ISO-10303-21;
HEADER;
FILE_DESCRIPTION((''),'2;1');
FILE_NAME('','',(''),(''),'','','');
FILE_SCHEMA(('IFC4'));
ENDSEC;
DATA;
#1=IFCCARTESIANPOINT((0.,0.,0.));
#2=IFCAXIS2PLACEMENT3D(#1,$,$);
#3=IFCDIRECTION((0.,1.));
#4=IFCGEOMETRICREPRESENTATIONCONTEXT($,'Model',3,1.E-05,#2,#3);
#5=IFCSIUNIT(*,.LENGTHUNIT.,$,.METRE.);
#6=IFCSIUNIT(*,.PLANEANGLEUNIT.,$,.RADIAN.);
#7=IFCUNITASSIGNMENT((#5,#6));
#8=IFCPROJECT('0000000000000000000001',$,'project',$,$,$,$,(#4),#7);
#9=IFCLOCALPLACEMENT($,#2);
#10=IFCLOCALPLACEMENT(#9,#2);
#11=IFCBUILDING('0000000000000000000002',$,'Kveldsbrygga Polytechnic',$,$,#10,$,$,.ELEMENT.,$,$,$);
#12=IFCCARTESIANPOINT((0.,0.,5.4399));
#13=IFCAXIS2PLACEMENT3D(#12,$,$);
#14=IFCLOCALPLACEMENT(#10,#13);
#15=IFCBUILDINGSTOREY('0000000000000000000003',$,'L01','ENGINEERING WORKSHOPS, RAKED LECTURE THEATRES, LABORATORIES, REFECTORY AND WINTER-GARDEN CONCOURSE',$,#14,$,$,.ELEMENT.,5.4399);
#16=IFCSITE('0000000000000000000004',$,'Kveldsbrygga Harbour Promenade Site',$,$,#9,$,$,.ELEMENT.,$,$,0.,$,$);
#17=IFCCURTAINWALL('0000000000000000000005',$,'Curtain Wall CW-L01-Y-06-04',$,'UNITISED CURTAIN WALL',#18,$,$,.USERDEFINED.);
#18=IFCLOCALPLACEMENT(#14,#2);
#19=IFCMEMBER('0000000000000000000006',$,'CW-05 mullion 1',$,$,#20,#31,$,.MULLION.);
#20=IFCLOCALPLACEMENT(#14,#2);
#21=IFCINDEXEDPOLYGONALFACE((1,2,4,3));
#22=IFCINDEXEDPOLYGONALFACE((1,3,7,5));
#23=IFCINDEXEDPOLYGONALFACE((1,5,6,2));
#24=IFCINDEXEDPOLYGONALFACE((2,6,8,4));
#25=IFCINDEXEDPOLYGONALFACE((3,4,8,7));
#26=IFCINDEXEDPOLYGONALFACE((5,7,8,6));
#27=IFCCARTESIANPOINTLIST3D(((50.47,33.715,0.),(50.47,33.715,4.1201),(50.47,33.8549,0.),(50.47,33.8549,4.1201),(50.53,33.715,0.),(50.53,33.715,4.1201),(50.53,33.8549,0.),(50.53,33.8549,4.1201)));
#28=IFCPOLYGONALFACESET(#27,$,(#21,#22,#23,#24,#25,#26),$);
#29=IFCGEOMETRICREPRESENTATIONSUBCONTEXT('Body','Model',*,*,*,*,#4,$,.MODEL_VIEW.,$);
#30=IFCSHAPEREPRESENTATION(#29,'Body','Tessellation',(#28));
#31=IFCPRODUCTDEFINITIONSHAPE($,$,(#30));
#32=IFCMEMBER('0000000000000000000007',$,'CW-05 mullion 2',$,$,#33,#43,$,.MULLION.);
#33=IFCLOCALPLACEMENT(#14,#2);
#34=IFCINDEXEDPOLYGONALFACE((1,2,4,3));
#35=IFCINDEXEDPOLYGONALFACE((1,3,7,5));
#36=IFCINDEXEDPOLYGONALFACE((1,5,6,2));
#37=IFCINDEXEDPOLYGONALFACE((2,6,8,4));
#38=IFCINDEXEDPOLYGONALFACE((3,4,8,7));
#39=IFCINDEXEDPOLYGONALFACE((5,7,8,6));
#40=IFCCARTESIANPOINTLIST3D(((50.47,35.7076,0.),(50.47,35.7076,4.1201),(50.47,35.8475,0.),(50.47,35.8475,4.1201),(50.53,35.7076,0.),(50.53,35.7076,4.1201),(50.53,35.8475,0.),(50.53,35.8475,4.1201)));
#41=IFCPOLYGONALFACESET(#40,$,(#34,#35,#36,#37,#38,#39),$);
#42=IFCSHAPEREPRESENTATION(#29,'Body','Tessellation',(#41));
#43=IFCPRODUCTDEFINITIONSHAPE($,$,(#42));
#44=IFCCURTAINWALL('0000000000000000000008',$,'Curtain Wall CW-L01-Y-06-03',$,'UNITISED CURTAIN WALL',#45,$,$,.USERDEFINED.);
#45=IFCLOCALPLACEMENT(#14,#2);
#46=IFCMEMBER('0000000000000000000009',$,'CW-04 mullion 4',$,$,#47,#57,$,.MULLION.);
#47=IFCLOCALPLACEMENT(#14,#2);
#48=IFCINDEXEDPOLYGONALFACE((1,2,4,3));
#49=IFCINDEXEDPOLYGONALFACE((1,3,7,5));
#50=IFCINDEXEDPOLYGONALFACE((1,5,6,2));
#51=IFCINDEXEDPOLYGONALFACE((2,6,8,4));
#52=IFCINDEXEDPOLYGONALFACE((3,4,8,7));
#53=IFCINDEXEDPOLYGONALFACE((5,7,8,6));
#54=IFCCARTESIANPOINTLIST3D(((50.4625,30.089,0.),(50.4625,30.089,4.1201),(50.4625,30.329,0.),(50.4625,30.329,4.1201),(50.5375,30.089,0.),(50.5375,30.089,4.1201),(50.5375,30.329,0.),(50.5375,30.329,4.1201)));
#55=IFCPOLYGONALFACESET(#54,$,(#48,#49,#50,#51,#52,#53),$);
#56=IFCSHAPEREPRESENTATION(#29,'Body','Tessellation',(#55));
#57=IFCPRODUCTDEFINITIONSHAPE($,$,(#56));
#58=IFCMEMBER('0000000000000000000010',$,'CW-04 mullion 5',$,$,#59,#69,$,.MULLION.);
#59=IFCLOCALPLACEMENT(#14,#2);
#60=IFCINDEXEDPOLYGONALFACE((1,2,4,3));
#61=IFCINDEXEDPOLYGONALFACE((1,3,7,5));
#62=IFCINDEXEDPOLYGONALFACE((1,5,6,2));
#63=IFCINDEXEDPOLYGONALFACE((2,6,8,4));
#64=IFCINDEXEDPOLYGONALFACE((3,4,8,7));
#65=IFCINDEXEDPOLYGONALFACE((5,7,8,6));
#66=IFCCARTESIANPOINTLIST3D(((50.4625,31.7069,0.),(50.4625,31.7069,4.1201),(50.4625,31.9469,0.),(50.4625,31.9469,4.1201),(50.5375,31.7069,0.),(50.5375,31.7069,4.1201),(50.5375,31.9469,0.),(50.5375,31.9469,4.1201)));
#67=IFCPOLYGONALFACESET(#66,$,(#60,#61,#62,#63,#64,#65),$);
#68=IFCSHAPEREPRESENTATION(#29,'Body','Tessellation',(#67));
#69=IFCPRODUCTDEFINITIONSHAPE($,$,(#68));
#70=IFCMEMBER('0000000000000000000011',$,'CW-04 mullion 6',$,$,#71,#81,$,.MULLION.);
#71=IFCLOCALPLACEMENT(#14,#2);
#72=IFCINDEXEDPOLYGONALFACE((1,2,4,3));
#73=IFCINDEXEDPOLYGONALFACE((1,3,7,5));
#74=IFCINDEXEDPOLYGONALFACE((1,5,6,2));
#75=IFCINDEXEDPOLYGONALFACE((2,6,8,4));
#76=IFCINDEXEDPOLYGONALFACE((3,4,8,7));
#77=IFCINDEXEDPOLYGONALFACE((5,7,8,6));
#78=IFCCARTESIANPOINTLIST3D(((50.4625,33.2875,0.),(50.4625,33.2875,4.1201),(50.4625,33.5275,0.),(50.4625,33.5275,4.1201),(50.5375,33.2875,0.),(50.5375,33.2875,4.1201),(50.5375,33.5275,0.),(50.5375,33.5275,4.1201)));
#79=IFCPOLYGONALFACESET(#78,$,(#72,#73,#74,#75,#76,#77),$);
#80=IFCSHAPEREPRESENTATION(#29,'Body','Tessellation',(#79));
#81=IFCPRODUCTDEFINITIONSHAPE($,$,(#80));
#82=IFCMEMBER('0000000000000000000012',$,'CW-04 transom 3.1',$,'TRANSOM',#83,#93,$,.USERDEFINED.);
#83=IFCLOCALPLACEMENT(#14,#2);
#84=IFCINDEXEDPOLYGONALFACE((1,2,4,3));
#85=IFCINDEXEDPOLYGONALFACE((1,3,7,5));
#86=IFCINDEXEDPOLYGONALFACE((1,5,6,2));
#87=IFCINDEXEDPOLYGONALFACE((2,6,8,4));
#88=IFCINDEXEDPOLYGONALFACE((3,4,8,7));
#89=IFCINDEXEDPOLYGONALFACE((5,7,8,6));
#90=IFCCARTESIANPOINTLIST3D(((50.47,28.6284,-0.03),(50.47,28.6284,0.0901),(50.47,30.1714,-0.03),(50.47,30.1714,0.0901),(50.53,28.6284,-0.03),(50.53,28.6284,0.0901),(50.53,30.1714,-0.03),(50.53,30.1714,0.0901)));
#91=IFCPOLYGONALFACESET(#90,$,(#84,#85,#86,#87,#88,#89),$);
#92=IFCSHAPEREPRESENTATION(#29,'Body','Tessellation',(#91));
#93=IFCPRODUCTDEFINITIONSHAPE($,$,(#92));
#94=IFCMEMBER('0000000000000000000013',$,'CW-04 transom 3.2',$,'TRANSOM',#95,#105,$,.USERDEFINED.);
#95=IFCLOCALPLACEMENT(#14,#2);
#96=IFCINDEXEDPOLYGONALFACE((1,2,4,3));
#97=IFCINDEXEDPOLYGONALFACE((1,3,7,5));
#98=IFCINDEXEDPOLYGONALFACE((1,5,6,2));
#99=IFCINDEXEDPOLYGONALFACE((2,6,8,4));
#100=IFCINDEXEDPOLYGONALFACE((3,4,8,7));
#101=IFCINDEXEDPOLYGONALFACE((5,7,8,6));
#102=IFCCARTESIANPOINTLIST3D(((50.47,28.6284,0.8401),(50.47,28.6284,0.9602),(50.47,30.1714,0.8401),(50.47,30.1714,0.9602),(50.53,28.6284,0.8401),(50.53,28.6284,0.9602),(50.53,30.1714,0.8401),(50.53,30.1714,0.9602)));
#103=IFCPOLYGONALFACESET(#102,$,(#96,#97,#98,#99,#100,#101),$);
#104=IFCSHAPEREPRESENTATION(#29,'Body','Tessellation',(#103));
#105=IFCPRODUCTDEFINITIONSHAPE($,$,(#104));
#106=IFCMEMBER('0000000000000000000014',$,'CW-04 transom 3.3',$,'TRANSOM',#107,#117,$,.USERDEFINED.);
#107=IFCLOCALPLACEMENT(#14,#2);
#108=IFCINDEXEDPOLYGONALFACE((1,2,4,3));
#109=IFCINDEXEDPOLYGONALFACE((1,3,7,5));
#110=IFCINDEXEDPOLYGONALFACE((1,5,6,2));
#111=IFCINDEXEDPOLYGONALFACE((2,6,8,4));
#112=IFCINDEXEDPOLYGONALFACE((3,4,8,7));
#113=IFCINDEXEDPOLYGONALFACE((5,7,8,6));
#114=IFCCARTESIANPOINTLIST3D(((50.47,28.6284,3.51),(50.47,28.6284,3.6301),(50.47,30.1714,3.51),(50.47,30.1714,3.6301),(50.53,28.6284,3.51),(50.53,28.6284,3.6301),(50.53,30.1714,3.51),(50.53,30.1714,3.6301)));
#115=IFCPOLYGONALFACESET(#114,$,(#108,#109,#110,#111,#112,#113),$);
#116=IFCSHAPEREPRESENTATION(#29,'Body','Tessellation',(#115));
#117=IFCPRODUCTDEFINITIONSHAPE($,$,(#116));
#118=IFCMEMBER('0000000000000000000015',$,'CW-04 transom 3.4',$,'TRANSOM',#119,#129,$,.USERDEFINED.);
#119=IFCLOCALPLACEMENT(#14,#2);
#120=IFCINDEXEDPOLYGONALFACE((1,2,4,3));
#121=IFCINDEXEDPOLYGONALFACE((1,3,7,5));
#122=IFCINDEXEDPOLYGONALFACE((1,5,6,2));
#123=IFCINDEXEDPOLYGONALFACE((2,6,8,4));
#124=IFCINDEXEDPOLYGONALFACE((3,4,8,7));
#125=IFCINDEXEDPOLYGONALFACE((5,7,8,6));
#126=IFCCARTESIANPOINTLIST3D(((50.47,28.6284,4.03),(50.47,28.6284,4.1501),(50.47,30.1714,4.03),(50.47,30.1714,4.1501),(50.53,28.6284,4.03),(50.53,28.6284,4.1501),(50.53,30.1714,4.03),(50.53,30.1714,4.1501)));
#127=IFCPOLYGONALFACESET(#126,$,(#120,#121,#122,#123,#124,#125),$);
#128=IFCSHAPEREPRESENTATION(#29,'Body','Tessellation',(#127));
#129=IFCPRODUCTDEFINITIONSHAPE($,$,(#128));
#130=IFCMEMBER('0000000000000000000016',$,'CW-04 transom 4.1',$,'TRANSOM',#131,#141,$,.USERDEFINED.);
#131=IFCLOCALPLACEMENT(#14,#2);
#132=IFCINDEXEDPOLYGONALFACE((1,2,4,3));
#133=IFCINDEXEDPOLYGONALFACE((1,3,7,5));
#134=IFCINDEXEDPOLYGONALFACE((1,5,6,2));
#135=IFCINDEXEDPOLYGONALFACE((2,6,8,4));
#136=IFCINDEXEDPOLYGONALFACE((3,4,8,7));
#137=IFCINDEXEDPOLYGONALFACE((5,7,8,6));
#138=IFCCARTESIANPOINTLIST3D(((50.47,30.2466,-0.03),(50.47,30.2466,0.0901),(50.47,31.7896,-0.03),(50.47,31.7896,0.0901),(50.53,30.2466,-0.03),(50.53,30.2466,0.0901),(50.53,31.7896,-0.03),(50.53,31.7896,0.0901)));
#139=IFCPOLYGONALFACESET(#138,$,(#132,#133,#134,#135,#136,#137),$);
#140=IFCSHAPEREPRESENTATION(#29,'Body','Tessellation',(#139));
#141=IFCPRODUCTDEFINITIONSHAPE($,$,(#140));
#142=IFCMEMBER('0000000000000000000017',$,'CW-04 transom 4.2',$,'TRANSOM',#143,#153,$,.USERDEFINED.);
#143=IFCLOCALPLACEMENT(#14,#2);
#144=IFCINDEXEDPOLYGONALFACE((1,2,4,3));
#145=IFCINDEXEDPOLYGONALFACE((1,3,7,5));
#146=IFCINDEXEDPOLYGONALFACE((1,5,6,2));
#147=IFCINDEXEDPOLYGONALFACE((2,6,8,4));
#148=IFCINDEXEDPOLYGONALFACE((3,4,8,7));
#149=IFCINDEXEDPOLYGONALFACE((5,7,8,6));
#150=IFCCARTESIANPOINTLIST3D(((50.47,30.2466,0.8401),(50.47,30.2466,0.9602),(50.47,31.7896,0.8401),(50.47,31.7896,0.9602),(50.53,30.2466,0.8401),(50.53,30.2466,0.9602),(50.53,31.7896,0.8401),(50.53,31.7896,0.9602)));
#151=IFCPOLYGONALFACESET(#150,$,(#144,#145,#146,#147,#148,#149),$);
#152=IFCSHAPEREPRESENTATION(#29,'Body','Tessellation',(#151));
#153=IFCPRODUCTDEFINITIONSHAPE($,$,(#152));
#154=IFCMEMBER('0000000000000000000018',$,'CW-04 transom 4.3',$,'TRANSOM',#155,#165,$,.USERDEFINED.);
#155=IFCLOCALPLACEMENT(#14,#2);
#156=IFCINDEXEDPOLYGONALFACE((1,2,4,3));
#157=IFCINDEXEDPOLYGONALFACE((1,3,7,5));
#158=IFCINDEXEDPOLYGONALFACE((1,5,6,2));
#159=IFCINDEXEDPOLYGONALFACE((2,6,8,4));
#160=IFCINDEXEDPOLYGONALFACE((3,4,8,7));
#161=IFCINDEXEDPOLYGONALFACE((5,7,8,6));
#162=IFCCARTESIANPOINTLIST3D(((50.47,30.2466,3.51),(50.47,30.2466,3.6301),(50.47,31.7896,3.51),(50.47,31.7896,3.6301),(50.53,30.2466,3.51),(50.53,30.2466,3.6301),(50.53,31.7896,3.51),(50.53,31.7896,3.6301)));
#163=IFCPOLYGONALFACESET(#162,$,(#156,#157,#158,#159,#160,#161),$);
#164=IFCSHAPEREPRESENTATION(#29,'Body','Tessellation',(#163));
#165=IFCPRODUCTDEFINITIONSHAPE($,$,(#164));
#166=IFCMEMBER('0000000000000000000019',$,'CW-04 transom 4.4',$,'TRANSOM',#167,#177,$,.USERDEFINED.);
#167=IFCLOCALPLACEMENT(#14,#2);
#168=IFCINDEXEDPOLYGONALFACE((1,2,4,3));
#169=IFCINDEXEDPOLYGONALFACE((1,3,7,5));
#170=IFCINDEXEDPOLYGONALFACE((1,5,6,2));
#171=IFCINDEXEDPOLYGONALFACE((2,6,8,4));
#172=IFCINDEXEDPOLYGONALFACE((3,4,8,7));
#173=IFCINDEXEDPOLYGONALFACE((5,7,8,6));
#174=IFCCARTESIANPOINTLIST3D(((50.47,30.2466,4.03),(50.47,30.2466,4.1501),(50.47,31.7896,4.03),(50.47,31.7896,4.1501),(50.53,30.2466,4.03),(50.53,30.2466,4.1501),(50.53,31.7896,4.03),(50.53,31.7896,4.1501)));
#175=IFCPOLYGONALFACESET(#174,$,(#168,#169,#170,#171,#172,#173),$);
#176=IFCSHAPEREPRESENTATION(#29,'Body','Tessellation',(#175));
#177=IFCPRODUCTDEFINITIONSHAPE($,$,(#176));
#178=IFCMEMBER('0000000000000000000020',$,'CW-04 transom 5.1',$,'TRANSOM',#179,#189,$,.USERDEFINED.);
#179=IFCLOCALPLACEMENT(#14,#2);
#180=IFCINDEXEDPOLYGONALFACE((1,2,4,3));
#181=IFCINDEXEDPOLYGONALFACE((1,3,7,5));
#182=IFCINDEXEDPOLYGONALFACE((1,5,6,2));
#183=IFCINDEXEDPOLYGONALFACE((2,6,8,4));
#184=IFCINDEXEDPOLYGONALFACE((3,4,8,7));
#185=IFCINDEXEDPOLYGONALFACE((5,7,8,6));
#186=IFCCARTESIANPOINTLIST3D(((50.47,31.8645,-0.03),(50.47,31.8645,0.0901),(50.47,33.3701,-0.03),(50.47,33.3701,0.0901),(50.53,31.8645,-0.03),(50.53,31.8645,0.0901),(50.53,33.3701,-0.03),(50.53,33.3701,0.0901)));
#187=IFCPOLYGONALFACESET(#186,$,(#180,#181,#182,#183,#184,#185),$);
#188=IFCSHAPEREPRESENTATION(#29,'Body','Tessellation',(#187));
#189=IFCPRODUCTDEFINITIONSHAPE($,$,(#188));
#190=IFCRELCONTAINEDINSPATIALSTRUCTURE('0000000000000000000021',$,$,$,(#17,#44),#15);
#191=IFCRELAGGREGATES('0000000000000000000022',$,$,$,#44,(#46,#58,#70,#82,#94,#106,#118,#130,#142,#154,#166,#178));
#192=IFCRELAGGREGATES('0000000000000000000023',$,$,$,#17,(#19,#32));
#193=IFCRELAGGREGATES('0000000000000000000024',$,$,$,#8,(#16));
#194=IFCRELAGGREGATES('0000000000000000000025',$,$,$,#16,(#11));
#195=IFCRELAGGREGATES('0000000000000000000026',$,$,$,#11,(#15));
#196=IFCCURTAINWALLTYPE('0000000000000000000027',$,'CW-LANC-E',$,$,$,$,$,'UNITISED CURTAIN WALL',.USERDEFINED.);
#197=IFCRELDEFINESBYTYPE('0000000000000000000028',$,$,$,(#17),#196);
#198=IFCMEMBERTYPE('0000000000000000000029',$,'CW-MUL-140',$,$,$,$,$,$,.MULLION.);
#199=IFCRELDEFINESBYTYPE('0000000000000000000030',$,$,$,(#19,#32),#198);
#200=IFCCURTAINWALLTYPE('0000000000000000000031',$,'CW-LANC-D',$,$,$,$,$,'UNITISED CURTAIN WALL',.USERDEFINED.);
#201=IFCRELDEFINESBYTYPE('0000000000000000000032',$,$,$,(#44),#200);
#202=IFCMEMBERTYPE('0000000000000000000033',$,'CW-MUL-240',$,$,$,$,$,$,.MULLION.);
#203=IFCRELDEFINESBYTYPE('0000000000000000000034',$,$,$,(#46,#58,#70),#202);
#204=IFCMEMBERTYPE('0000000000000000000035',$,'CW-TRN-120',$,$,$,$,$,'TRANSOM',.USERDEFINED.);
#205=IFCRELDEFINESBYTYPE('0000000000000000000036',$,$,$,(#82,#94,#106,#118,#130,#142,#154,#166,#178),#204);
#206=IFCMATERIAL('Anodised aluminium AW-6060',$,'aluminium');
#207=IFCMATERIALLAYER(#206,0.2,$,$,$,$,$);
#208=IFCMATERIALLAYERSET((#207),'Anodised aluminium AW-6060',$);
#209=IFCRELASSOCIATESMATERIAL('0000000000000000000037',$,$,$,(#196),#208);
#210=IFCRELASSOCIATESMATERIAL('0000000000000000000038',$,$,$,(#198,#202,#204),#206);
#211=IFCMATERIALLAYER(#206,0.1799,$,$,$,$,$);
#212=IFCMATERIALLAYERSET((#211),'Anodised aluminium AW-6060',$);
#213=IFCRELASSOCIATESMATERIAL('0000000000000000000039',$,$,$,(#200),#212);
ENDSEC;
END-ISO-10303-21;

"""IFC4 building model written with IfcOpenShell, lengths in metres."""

from ifc_helpers import new_model, si_unit, direction, frame, origin, origin_2d, place, context, subcontext, project, spatial, rectangle, extrude, material, layer, layer_set, material_profile, profile_set, type_object, element, aggregate, save


model = new_model("IFC4")

# Units and contexts
model_context = context("Model", 3, precision=1e-05, world=origin(), true_north=direction((0.0, 1.0)))
body_context = subcontext(model_context, "Body", "Model", "MODEL_VIEW")
ifc_project = project(units=[si_unit("LENGTHUNIT", "METRE"), si_unit("PLANEANGLEUNIT", "RADIAN")], contexts=[model_context])

# Site, building, storey
site_placement = place(None, origin())
site = spatial("IfcSite", under=ifc_project, at=site_placement, Name="Kveldsbrygga Harbour Promenade Site", CompositionType="ELEMENT", RefElevation=0.0)
building_placement = place(site_placement, origin())
building = spatial("IfcBuilding", under=site, at=building_placement, Name="Kveldsbrygga Polytechnic", CompositionType="ELEMENT")
storey_placement = place(building_placement, frame((0.0, 0.0, 5.4399)))
storey = spatial("IfcBuildingStorey", under=building, at=storey_placement, Name="L01", Description="ENGINEERING WORKSHOPS, RAKED LECTURE THEATRES, LABORATORIES, REFECTORY AND WINTER-GARDEN CONCOURSE", CompositionType="ELEMENT", Elevation=5.4399)

# Curtain walls, members
ifc_material_1 = material(Name="Anodised aluminium AW-6060", Category="aluminium")
ifc_layer_1 = layer(ifc_material_1, 0.2)
ifc_layer_set_1 = layer_set([ifc_layer_1], Name="Anodised aluminium AW-6060")
curtain_wall_type_1 = type_object("IfcCurtainWallType", Name="CW-LANC-E", ElementType="UNITISED CURTAIN WALL", PredefinedType="USERDEFINED", material=ifc_layer_set_1)
curtain_wall_1_placement = place(storey_placement, origin())
curtain_wall_1 = element("IfcCurtainWall", 1, at=curtain_wall_1_placement, inside=storey, type_object=curtain_wall_type_1, Name="Curtain Wall CW-L01-Y-06-04", ObjectType="UNITISED CURTAIN WALL", PredefinedType="USERDEFINED")
ifc_material_profile_1 = material_profile(ifc_material_1, rectangle(XDim=0.0601, YDim=0.1399, at=origin_2d()), Name="ALU 60x140")
ifc_profile_set_1 = profile_set([ifc_material_profile_1], Name="Anodised aluminium AW-6060")
member_type_1 = type_object("IfcMemberType", Name="CW-MUL-140", PredefinedType="MULLION", material=ifc_profile_set_1)
member_1_placement = place(storey_placement, frame((50.5, 33.7849, 0.0), z_axis=(0.0, 0.0, 1.0), x_axis=(-1.0, 0.0, 0.0)))
member_1 = element("IfcMember", 2, at=member_1_placement, type_object=member_type_1, Name="CW-05 mullion 1", PredefinedType="MULLION", context=body_context, shape_type="SweptSolid", body=[
    extrude(rectangle(XDim=0.0601, YDim=0.1399, at=origin_2d()), origin(), (0.0, 0.0, 1.0), 4.1201),
])
member_2_placement = place(storey_placement, frame((50.5, 35.7776, 0.0), z_axis=(0.0, 0.0, 1.0), x_axis=(-1.0, 0.0, 0.0)))
member_2 = element("IfcMember", 3, at=member_2_placement, type_object=member_type_1, Name="CW-05 mullion 2", PredefinedType="MULLION", context=body_context, shape_type="SweptSolid", body=[
    extrude(rectangle(XDim=0.0601, YDim=0.1399, at=origin_2d()), origin(), (0.0, 0.0, 1.0), 4.1201),
])
ifc_layer_2 = layer(ifc_material_1, 0.1799)
ifc_layer_set_2 = layer_set([ifc_layer_2], Name="Anodised aluminium AW-6060")
curtain_wall_type_2 = type_object("IfcCurtainWallType", Name="CW-LANC-D", ElementType="UNITISED CURTAIN WALL", PredefinedType="USERDEFINED", material=ifc_layer_set_2)
curtain_wall_2_placement = place(storey_placement, origin())
curtain_wall_2 = element("IfcCurtainWall", 4, at=curtain_wall_2_placement, inside=storey, type_object=curtain_wall_type_2, Name="Curtain Wall CW-L01-Y-06-03", ObjectType="UNITISED CURTAIN WALL", PredefinedType="USERDEFINED")
ifc_material_profile_2 = material_profile(ifc_material_1, rectangle(XDim=0.075, YDim=0.24, at=origin_2d()), Name="ALU 75x240")
ifc_profile_set_2 = profile_set([ifc_material_profile_2], Name="Anodised aluminium AW-6060")
member_type_2 = type_object("IfcMemberType", Name="CW-MUL-240", PredefinedType="MULLION", material=ifc_profile_set_2)
member_3_placement = place(storey_placement, frame((50.5, 30.209, 0.0), z_axis=(0.0, 0.0, 1.0), x_axis=(-1.0, 0.0, 0.0)))
member_3 = element("IfcMember", 5, at=member_3_placement, type_object=member_type_2, Name="CW-04 mullion 4", PredefinedType="MULLION", context=body_context, shape_type="SweptSolid", body=[
    extrude(rectangle(XDim=0.075, YDim=0.24, at=origin_2d()), origin(), (0.0, 0.0, 1.0), 4.1201),
])
member_4_placement = place(storey_placement, frame((50.5, 31.8269, 0.0), z_axis=(0.0, 0.0, 1.0), x_axis=(-1.0, 0.0, 0.0)))
member_4 = element("IfcMember", 6, at=member_4_placement, type_object=member_type_2, Name="CW-04 mullion 5", PredefinedType="MULLION", context=body_context, shape_type="SweptSolid", body=[
    extrude(rectangle(XDim=0.075, YDim=0.24, at=origin_2d()), origin(), (0.0, 0.0, 1.0), 4.1201),
])
member_5_placement = place(storey_placement, frame((50.5, 33.4075, 0.0), z_axis=(0.0, 0.0, 1.0), x_axis=(-1.0, 0.0, 0.0)))
member_5 = element("IfcMember", 7, at=member_5_placement, type_object=member_type_2, Name="CW-04 mullion 6", PredefinedType="MULLION", context=body_context, shape_type="SweptSolid", body=[
    extrude(rectangle(XDim=0.075, YDim=0.24, at=origin_2d()), origin(), (0.0, 0.0, 1.0), 4.1201),
])
ifc_material_profile_3 = material_profile(ifc_material_1, rectangle(XDim=0.0601, YDim=0.1201, at=origin_2d()), Name="ALU 60x120")
ifc_profile_set_3 = profile_set([ifc_material_profile_3], Name="Anodised aluminium AW-6060")
member_type_3 = type_object("IfcMemberType", Name="CW-TRN-120", ElementType="TRANSOM", PredefinedType="USERDEFINED", material=ifc_profile_set_3)
member_6_placement = place(storey_placement, frame((50.5, 28.6284, 0.03), z_axis=(0.0, 1.0, 0.0), x_axis=(-1.0, 0.0, 0.0)))
member_6 = element("IfcMember", 8, at=member_6_placement, type_object=member_type_3, Name="CW-04 transom 3.1", ObjectType="TRANSOM", PredefinedType="USERDEFINED", context=body_context, shape_type="SweptSolid", body=[
    extrude(rectangle(XDim=0.0601, YDim=0.1201, at=origin_2d()), origin(), (0.0, 0.0, 1.0), 1.543),
])
member_7_placement = place(storey_placement, frame((50.5, 28.6284, 0.9001), z_axis=(0.0, 1.0, 0.0), x_axis=(-1.0, 0.0, 0.0)))
member_7 = element("IfcMember", 9, at=member_7_placement, type_object=member_type_3, Name="CW-04 transom 3.2", ObjectType="TRANSOM", PredefinedType="USERDEFINED", context=body_context, shape_type="SweptSolid", body=[
    extrude(rectangle(XDim=0.0601, YDim=0.1201, at=origin_2d()), origin(), (0.0, 0.0, 1.0), 1.543),
])
member_8_placement = place(storey_placement, frame((50.5, 28.6284, 3.5701), z_axis=(0.0, 1.0, 0.0), x_axis=(-1.0, 0.0, 0.0)))
member_8 = element("IfcMember", 10, at=member_8_placement, type_object=member_type_3, Name="CW-04 transom 3.3", ObjectType="TRANSOM", PredefinedType="USERDEFINED", context=body_context, shape_type="SweptSolid", body=[
    extrude(rectangle(XDim=0.0601, YDim=0.1201, at=origin_2d()), origin(), (0.0, 0.0, 1.0), 1.543),
])
member_9_placement = place(storey_placement, frame((50.5, 28.6284, 4.0901), z_axis=(0.0, 1.0, 0.0), x_axis=(-1.0, 0.0, 0.0)))
member_9 = element("IfcMember", 11, at=member_9_placement, type_object=member_type_3, Name="CW-04 transom 3.4", ObjectType="TRANSOM", PredefinedType="USERDEFINED", context=body_context, shape_type="SweptSolid", body=[
    extrude(rectangle(XDim=0.0601, YDim=0.1201, at=origin_2d()), origin(), (0.0, 0.0, 1.0), 1.543),
])
member_10_placement = place(storey_placement, frame((50.5, 30.2466, 0.03), z_axis=(0.0, 1.0, 0.0), x_axis=(-1.0, 0.0, 0.0)))
member_10 = element("IfcMember", 12, at=member_10_placement, type_object=member_type_3, Name="CW-04 transom 4.1", ObjectType="TRANSOM", PredefinedType="USERDEFINED", context=body_context, shape_type="SweptSolid", body=[
    extrude(rectangle(XDim=0.0601, YDim=0.1201, at=origin_2d()), origin(), (0.0, 0.0, 1.0), 1.543),
])
member_11_placement = place(storey_placement, frame((50.5, 30.2466, 0.9001), z_axis=(0.0, 1.0, 0.0), x_axis=(-1.0, 0.0, 0.0)))
member_11 = element("IfcMember", 13, at=member_11_placement, type_object=member_type_3, Name="CW-04 transom 4.2", ObjectType="TRANSOM", PredefinedType="USERDEFINED", context=body_context, shape_type="SweptSolid", body=[
    extrude(rectangle(XDim=0.0601, YDim=0.1201, at=origin_2d()), origin(), (0.0, 0.0, 1.0), 1.543),
])
member_12_placement = place(storey_placement, frame((50.5, 30.2466, 3.5701), z_axis=(0.0, 1.0, 0.0), x_axis=(-1.0, 0.0, 0.0)))
member_12 = element("IfcMember", 14, at=member_12_placement, type_object=member_type_3, Name="CW-04 transom 4.3", ObjectType="TRANSOM", PredefinedType="USERDEFINED", context=body_context, shape_type="SweptSolid", body=[
    extrude(rectangle(XDim=0.0601, YDim=0.1201, at=origin_2d()), origin(), (0.0, 0.0, 1.0), 1.543),
])
member_13_placement = place(storey_placement, frame((50.5, 30.2466, 4.0901), z_axis=(0.0, 1.0, 0.0), x_axis=(-1.0, 0.0, 0.0)))
member_13 = element("IfcMember", 15, at=member_13_placement, type_object=member_type_3, Name="CW-04 transom 4.4", ObjectType="TRANSOM", PredefinedType="USERDEFINED", context=body_context, shape_type="SweptSolid", body=[
    extrude(rectangle(XDim=0.0601, YDim=0.1201, at=origin_2d()), origin(), (0.0, 0.0, 1.0), 1.543),
])
member_14_placement = place(storey_placement, frame((50.5, 31.8645, 0.03), z_axis=(0.0, 1.0, 0.0), x_axis=(-1.0, 0.0, 0.0)))
member_14 = element("IfcMember", 16, at=member_14_placement, type_object=member_type_3, Name="CW-04 transom 5.1", ObjectType="TRANSOM", PredefinedType="USERDEFINED", context=body_context, shape_type="SweptSolid", body=[
    extrude(rectangle(XDim=0.0601, YDim=0.1201, at=origin_2d()), origin(), (0.0, 0.0, 1.0), 1.5056),
])

aggregate(curtain_wall_2, [member_3, member_4, member_5, member_6, member_7, member_8, member_9, member_10, member_11, member_12, member_13, member_14])
aggregate(curtain_wall_1, [member_1, member_2])

save(model, "model.ifc")
